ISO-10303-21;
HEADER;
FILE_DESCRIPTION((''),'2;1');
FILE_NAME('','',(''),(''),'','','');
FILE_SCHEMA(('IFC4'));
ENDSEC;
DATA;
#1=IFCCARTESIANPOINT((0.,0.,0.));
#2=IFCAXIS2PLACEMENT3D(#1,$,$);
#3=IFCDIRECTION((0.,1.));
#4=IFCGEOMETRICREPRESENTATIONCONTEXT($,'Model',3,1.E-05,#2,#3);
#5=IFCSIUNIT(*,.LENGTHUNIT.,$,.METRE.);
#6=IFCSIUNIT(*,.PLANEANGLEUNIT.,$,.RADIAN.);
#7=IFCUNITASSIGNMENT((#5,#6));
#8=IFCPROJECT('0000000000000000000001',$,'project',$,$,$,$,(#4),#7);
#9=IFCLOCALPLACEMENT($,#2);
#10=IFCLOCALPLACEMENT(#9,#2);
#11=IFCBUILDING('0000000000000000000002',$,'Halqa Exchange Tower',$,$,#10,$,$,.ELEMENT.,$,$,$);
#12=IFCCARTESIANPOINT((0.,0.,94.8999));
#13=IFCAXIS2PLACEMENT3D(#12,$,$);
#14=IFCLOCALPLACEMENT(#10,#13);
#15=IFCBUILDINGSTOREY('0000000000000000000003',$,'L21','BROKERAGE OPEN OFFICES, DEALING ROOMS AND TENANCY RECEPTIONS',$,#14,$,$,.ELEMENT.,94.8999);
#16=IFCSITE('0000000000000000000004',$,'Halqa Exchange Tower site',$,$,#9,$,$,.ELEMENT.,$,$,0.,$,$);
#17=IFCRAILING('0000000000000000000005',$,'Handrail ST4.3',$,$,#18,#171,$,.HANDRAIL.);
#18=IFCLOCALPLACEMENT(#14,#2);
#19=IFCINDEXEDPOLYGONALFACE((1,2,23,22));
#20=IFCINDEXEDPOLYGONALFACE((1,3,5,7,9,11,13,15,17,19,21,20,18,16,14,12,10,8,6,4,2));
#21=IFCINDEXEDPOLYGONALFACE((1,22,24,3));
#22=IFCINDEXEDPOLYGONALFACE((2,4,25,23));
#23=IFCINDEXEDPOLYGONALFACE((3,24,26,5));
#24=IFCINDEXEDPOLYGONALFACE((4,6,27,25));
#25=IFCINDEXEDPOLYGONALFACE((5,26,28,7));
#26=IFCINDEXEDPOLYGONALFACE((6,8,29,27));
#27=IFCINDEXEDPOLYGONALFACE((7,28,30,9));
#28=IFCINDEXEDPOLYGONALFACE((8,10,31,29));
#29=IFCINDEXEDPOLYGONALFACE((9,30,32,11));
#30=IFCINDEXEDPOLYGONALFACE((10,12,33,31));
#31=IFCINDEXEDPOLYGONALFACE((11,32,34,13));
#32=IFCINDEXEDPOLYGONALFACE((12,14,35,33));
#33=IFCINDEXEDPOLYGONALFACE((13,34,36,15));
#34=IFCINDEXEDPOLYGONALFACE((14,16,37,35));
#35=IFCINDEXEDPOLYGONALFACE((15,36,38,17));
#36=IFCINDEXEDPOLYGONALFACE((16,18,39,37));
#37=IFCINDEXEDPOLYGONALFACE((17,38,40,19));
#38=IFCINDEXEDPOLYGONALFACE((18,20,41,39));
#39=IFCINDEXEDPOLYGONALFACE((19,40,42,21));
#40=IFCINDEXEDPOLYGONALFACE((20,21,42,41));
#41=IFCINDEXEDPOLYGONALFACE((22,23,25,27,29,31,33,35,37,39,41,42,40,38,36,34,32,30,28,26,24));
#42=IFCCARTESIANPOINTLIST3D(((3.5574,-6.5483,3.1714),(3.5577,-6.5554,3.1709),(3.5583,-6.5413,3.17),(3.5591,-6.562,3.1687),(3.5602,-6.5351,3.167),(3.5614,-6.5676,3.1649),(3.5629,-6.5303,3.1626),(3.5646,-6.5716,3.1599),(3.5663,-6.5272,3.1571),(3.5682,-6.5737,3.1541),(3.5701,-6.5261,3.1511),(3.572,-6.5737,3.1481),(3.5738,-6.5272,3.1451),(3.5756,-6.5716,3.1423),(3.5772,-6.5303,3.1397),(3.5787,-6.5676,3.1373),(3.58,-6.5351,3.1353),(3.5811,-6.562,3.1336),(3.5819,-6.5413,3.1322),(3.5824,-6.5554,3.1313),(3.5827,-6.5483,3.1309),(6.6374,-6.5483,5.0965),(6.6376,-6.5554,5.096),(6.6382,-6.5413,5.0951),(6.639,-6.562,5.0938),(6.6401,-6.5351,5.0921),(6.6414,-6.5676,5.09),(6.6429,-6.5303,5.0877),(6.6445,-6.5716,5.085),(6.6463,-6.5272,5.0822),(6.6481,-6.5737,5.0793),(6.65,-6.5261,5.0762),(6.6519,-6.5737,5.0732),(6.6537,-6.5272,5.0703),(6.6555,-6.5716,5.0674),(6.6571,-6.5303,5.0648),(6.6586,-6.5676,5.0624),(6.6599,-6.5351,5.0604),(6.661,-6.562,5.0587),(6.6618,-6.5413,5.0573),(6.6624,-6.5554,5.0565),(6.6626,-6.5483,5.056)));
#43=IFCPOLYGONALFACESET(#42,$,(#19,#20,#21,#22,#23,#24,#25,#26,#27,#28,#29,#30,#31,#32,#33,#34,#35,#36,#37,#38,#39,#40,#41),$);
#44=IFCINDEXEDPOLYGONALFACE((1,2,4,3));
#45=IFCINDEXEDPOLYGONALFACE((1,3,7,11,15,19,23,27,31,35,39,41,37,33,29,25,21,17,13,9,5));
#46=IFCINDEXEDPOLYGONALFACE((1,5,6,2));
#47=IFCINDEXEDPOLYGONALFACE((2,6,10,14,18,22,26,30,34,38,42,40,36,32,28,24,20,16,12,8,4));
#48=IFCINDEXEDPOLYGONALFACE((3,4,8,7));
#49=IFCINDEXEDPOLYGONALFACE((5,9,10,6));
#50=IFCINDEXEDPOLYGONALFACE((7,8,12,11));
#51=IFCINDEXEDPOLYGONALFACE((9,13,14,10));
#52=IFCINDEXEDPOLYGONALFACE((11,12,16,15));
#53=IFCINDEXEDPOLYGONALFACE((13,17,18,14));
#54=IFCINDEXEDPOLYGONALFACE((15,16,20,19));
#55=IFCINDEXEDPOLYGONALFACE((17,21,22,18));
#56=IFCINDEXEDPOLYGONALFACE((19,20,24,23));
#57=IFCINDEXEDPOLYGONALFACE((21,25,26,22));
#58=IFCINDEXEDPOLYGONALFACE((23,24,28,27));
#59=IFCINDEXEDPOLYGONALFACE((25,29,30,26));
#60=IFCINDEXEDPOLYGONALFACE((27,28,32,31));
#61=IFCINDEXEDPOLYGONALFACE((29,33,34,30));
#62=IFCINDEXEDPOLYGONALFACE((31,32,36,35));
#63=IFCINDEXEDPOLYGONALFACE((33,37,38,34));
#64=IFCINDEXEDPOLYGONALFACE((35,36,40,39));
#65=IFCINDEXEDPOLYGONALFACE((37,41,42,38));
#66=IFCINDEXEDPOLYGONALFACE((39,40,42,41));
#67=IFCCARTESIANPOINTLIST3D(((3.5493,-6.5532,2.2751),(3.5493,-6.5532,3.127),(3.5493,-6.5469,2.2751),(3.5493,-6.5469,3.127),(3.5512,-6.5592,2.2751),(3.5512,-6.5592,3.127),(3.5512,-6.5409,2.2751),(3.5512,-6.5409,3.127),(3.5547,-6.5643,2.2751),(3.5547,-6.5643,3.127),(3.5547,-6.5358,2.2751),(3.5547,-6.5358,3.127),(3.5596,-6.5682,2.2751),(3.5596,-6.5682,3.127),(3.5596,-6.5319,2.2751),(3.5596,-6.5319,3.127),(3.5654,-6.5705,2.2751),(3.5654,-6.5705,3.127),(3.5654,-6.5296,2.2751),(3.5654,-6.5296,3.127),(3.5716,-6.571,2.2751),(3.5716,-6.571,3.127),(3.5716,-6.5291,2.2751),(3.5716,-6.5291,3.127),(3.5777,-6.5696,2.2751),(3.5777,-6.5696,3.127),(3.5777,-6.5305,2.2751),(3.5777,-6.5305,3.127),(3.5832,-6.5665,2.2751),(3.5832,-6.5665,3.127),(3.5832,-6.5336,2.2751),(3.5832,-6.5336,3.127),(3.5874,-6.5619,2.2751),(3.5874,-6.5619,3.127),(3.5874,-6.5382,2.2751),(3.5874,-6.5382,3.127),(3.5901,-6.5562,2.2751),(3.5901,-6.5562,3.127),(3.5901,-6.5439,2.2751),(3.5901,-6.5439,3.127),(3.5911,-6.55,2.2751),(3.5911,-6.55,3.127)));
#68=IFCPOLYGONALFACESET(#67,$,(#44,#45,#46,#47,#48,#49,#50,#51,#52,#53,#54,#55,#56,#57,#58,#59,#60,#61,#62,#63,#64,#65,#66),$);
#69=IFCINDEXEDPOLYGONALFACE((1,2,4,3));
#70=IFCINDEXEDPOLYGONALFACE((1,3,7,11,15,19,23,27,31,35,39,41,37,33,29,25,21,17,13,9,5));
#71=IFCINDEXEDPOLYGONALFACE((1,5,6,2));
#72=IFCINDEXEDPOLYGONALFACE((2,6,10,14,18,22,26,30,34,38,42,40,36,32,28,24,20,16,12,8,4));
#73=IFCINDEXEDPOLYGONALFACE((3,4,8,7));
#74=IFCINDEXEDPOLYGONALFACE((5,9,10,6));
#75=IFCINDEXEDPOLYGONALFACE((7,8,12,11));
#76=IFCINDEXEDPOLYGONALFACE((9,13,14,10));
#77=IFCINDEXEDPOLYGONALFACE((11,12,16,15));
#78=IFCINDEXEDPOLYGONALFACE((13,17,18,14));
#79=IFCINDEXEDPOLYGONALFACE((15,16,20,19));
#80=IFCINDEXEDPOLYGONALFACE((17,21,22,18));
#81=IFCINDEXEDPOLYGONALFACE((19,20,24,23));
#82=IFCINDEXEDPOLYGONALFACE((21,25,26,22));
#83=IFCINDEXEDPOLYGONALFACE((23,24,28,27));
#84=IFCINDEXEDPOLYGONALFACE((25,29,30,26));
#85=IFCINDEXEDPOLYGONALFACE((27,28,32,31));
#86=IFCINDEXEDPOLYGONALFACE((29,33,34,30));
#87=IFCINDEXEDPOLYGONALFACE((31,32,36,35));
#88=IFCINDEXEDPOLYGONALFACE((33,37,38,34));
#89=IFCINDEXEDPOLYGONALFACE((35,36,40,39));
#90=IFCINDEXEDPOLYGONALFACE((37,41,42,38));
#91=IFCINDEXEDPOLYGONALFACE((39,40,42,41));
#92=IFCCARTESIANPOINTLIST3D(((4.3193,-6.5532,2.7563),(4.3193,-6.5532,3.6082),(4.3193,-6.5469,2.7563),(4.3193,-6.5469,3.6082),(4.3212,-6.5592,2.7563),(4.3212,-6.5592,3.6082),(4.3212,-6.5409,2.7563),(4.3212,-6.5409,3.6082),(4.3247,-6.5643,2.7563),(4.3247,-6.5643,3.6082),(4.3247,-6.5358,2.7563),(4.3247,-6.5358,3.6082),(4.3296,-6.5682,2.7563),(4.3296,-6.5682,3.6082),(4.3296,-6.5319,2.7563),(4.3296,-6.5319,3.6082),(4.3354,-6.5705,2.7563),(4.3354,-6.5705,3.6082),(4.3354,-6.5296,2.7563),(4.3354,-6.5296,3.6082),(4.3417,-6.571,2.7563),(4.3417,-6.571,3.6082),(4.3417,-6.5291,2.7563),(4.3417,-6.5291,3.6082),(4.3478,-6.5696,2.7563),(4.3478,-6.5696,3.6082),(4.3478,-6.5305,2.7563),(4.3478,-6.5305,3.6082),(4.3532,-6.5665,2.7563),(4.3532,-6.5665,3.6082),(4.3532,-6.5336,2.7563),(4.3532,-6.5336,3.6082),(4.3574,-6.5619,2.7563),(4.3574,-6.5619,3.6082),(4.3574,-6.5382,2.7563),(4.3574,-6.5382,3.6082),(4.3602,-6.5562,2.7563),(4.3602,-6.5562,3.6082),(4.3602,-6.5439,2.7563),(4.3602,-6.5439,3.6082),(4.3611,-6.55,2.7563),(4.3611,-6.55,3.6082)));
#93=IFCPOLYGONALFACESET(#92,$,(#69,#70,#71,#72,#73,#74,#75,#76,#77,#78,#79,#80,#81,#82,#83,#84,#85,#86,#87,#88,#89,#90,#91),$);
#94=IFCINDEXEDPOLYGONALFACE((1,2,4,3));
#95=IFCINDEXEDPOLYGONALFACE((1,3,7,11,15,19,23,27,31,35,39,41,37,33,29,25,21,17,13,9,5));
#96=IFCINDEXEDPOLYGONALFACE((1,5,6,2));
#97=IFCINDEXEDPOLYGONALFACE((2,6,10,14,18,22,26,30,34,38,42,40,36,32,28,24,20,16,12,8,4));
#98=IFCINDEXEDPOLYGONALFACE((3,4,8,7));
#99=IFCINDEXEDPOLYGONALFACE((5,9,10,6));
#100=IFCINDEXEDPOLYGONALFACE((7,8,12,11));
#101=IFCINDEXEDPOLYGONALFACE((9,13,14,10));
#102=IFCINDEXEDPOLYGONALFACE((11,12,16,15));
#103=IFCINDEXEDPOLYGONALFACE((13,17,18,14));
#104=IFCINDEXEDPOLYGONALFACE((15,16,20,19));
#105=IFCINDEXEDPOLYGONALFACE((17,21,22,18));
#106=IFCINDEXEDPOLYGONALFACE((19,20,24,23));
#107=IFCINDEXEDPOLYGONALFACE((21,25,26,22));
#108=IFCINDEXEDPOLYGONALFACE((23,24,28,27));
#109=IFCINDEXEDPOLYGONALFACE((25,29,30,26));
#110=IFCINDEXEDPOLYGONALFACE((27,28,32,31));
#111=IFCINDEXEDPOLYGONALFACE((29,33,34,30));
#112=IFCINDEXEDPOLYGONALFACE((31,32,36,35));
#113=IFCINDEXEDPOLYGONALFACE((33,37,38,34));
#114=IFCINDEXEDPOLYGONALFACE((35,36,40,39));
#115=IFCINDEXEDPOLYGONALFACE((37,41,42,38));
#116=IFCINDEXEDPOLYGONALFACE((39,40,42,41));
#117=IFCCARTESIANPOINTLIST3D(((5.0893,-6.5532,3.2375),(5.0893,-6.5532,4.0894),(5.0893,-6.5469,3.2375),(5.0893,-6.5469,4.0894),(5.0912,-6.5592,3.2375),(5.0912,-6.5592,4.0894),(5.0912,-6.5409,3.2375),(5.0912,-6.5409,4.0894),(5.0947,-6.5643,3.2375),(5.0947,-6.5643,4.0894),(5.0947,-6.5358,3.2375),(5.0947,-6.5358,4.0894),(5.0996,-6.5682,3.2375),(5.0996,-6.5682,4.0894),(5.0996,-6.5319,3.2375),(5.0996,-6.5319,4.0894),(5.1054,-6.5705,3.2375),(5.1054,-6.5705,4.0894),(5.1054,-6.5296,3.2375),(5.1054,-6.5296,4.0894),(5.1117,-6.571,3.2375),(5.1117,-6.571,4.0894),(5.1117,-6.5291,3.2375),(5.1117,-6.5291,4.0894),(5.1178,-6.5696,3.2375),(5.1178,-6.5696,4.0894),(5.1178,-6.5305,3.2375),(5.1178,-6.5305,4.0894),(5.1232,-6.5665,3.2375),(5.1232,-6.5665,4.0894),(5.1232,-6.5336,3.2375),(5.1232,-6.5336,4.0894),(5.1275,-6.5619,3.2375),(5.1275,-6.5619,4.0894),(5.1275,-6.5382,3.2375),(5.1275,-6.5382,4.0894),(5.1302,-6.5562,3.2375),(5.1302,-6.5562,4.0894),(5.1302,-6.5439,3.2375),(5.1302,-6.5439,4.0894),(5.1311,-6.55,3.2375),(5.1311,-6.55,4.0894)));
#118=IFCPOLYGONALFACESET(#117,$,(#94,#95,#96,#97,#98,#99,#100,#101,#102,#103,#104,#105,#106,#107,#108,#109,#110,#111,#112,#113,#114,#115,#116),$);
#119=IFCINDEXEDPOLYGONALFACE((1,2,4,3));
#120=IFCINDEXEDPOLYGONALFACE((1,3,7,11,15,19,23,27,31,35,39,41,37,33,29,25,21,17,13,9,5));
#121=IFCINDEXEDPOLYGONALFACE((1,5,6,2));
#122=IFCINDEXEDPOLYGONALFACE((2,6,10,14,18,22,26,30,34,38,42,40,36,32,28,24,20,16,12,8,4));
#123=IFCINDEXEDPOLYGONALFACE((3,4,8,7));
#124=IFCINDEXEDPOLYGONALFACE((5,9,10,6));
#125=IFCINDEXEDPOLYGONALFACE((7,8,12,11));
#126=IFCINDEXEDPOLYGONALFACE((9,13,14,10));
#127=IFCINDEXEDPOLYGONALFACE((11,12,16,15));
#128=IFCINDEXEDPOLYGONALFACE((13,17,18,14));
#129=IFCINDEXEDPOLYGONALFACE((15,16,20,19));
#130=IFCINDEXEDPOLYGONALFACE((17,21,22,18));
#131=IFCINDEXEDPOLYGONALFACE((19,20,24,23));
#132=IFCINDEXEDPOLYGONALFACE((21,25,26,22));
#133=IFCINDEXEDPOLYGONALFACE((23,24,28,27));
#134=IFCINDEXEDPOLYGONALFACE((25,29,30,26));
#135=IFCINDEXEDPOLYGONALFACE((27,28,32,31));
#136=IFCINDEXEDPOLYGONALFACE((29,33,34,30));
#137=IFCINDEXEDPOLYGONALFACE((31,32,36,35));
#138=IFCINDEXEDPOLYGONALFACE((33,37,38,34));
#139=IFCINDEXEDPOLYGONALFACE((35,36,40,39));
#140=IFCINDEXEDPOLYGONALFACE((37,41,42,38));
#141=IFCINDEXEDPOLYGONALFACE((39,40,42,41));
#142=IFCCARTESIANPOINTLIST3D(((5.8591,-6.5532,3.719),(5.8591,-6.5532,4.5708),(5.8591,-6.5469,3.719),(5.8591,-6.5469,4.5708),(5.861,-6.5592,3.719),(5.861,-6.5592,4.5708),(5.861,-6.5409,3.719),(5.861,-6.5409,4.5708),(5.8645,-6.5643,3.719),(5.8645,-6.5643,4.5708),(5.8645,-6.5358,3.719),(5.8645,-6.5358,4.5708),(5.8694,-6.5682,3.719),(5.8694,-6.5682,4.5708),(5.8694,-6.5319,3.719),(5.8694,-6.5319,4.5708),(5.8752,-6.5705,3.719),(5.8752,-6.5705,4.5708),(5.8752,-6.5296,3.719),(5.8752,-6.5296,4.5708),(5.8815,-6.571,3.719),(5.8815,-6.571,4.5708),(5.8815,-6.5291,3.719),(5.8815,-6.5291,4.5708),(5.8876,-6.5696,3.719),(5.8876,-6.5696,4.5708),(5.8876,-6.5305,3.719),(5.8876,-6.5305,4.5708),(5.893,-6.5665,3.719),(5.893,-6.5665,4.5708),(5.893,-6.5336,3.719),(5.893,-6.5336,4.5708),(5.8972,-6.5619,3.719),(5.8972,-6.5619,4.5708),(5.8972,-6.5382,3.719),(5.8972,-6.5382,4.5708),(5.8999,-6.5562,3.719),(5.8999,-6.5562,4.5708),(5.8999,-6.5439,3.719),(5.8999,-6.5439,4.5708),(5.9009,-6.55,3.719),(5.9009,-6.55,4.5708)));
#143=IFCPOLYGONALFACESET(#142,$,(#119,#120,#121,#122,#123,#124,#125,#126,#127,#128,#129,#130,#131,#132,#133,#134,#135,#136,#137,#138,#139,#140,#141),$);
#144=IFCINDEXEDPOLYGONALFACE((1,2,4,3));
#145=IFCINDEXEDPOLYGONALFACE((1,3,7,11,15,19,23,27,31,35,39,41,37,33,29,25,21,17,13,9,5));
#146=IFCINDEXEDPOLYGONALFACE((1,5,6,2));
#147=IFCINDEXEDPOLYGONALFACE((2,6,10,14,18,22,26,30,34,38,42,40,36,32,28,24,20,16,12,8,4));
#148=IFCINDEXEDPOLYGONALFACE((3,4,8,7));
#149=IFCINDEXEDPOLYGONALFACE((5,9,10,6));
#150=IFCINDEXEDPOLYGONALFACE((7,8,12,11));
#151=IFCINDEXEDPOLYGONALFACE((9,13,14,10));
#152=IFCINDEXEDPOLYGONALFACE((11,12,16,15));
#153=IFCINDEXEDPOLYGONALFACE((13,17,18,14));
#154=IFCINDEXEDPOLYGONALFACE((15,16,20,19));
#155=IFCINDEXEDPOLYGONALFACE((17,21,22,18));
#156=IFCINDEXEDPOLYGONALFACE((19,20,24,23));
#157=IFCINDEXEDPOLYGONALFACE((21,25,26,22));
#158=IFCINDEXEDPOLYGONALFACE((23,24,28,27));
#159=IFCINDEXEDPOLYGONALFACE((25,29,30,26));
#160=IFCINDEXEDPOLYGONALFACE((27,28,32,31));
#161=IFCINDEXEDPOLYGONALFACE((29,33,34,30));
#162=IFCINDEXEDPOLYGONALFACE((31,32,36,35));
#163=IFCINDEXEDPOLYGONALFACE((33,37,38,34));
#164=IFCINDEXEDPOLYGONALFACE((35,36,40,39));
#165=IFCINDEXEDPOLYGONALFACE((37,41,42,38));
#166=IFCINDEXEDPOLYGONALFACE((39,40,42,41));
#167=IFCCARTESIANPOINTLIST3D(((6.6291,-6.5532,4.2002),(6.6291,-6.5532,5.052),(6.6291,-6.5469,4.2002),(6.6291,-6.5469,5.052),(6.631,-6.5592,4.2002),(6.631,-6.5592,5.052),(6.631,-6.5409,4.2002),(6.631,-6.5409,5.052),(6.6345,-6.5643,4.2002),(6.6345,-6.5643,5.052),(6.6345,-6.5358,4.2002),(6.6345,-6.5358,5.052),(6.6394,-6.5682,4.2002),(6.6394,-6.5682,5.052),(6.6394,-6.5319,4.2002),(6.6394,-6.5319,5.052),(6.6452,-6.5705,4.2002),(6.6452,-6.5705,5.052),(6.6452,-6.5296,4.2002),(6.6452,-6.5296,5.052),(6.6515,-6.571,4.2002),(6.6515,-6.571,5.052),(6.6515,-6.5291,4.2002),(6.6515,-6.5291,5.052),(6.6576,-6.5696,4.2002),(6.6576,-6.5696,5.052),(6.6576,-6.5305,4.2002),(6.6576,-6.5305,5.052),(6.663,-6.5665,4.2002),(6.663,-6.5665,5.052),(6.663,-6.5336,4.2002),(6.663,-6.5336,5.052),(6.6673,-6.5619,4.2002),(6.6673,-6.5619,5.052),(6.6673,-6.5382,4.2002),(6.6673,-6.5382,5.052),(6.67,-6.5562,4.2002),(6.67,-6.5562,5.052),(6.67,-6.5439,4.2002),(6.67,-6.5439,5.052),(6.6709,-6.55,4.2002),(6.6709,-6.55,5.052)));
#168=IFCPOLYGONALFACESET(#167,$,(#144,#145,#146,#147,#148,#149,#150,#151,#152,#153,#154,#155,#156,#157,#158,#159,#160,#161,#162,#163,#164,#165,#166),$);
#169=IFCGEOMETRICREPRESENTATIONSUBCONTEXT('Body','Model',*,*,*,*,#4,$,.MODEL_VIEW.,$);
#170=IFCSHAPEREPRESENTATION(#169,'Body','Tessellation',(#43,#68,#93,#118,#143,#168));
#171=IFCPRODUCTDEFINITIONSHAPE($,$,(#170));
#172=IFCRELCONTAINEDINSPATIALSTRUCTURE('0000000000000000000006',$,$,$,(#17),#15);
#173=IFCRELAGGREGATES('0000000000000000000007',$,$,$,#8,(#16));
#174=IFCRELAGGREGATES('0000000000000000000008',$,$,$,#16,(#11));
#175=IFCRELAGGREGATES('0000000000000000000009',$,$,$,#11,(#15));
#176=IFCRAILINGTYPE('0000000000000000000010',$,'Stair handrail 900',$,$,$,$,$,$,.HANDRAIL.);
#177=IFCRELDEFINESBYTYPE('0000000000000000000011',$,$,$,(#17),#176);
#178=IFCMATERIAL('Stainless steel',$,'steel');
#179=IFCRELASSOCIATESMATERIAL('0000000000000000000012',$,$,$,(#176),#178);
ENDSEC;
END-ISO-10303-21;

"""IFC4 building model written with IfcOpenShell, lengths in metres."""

from ifc_helpers import new_model, si_unit, direction, frame, origin, origin_2d, place, context, subcontext, project, spatial, circle, extrude, material, type_object, element, save


model = new_model("IFC4")

# Units and contexts
model_context = context("Model", 3, precision=1e-05, world=origin(), true_north=direction((0.0, 1.0)))
body_context = subcontext(model_context, "Body", "Model", "MODEL_VIEW")
ifc_project = project(units=[si_unit("LENGTHUNIT", "METRE"), si_unit("PLANEANGLEUNIT", "RADIAN")], contexts=[model_context])

# Site, building, storey
site_placement = place(None, origin())
site = spatial("IfcSite", under=ifc_project, at=site_placement, Name="Halqa Exchange Tower site", CompositionType="ELEMENT", RefElevation=0.0)
building_placement = place(site_placement, origin())
building = spatial("IfcBuilding", under=site, at=building_placement, Name="Halqa Exchange Tower", CompositionType="ELEMENT")
storey_placement = place(building_placement, frame((0.0, 0.0, 94.8999)))
storey = spatial("IfcBuildingStorey", under=building, at=storey_placement, Name="L21", Description="BROKERAGE OPEN OFFICES, DEALING ROOMS AND TENANCY RECEPTIONS", CompositionType="ELEMENT", Elevation=94.8999)

# Railing
ifc_material_1 = material(Name="Stainless steel", Category="steel")
railing_type_1 = type_object("IfcRailingType", Name="Stair handrail 900", PredefinedType="HANDRAIL", material=ifc_material_1)
railing_1_placement = place(storey_placement, frame((3.5701, -6.55, 2.2751)))
element("IfcRailing", 1, at=railing_1_placement, inside=storey, type_object=railing_type_1, Name="Handrail ST4.3", PredefinedType="HANDRAIL", context=body_context, shape_type="SweptSolid", body=[
    extrude(circle(Radius=0.0239, at=origin_2d()), frame((0.0, 0.0, 0.876), z_axis=(0.847979, 0.0, 0.530029), x_axis=(0.0, 1.0, 0.0)), (0.0, 0.0, 1.0), 3.6321),
    extrude(circle(Radius=0.021, at=origin_2d()), origin(), (0.0, 0.0, 1.0), 0.8518),
    extrude(circle(Radius=0.021, at=origin_2d()), frame((0.77, 0.0, 0.4812)), (0.0, 0.0, 1.0), 0.8518),
    extrude(circle(Radius=0.021, at=origin_2d()), frame((1.54, 0.0, 0.9624)), (0.0, 0.0, 1.0), 0.8518),
    extrude(circle(Radius=0.021, at=origin_2d()), frame((2.3098, 0.0, 1.4438)), (0.0, 0.0, 1.0), 0.8518),
    extrude(circle(Radius=0.021, at=origin_2d()), frame((3.0798, 0.0, 1.925)), (0.0, 0.0, 1.0), 0.8518),
])

save(model, "model.ifc")
